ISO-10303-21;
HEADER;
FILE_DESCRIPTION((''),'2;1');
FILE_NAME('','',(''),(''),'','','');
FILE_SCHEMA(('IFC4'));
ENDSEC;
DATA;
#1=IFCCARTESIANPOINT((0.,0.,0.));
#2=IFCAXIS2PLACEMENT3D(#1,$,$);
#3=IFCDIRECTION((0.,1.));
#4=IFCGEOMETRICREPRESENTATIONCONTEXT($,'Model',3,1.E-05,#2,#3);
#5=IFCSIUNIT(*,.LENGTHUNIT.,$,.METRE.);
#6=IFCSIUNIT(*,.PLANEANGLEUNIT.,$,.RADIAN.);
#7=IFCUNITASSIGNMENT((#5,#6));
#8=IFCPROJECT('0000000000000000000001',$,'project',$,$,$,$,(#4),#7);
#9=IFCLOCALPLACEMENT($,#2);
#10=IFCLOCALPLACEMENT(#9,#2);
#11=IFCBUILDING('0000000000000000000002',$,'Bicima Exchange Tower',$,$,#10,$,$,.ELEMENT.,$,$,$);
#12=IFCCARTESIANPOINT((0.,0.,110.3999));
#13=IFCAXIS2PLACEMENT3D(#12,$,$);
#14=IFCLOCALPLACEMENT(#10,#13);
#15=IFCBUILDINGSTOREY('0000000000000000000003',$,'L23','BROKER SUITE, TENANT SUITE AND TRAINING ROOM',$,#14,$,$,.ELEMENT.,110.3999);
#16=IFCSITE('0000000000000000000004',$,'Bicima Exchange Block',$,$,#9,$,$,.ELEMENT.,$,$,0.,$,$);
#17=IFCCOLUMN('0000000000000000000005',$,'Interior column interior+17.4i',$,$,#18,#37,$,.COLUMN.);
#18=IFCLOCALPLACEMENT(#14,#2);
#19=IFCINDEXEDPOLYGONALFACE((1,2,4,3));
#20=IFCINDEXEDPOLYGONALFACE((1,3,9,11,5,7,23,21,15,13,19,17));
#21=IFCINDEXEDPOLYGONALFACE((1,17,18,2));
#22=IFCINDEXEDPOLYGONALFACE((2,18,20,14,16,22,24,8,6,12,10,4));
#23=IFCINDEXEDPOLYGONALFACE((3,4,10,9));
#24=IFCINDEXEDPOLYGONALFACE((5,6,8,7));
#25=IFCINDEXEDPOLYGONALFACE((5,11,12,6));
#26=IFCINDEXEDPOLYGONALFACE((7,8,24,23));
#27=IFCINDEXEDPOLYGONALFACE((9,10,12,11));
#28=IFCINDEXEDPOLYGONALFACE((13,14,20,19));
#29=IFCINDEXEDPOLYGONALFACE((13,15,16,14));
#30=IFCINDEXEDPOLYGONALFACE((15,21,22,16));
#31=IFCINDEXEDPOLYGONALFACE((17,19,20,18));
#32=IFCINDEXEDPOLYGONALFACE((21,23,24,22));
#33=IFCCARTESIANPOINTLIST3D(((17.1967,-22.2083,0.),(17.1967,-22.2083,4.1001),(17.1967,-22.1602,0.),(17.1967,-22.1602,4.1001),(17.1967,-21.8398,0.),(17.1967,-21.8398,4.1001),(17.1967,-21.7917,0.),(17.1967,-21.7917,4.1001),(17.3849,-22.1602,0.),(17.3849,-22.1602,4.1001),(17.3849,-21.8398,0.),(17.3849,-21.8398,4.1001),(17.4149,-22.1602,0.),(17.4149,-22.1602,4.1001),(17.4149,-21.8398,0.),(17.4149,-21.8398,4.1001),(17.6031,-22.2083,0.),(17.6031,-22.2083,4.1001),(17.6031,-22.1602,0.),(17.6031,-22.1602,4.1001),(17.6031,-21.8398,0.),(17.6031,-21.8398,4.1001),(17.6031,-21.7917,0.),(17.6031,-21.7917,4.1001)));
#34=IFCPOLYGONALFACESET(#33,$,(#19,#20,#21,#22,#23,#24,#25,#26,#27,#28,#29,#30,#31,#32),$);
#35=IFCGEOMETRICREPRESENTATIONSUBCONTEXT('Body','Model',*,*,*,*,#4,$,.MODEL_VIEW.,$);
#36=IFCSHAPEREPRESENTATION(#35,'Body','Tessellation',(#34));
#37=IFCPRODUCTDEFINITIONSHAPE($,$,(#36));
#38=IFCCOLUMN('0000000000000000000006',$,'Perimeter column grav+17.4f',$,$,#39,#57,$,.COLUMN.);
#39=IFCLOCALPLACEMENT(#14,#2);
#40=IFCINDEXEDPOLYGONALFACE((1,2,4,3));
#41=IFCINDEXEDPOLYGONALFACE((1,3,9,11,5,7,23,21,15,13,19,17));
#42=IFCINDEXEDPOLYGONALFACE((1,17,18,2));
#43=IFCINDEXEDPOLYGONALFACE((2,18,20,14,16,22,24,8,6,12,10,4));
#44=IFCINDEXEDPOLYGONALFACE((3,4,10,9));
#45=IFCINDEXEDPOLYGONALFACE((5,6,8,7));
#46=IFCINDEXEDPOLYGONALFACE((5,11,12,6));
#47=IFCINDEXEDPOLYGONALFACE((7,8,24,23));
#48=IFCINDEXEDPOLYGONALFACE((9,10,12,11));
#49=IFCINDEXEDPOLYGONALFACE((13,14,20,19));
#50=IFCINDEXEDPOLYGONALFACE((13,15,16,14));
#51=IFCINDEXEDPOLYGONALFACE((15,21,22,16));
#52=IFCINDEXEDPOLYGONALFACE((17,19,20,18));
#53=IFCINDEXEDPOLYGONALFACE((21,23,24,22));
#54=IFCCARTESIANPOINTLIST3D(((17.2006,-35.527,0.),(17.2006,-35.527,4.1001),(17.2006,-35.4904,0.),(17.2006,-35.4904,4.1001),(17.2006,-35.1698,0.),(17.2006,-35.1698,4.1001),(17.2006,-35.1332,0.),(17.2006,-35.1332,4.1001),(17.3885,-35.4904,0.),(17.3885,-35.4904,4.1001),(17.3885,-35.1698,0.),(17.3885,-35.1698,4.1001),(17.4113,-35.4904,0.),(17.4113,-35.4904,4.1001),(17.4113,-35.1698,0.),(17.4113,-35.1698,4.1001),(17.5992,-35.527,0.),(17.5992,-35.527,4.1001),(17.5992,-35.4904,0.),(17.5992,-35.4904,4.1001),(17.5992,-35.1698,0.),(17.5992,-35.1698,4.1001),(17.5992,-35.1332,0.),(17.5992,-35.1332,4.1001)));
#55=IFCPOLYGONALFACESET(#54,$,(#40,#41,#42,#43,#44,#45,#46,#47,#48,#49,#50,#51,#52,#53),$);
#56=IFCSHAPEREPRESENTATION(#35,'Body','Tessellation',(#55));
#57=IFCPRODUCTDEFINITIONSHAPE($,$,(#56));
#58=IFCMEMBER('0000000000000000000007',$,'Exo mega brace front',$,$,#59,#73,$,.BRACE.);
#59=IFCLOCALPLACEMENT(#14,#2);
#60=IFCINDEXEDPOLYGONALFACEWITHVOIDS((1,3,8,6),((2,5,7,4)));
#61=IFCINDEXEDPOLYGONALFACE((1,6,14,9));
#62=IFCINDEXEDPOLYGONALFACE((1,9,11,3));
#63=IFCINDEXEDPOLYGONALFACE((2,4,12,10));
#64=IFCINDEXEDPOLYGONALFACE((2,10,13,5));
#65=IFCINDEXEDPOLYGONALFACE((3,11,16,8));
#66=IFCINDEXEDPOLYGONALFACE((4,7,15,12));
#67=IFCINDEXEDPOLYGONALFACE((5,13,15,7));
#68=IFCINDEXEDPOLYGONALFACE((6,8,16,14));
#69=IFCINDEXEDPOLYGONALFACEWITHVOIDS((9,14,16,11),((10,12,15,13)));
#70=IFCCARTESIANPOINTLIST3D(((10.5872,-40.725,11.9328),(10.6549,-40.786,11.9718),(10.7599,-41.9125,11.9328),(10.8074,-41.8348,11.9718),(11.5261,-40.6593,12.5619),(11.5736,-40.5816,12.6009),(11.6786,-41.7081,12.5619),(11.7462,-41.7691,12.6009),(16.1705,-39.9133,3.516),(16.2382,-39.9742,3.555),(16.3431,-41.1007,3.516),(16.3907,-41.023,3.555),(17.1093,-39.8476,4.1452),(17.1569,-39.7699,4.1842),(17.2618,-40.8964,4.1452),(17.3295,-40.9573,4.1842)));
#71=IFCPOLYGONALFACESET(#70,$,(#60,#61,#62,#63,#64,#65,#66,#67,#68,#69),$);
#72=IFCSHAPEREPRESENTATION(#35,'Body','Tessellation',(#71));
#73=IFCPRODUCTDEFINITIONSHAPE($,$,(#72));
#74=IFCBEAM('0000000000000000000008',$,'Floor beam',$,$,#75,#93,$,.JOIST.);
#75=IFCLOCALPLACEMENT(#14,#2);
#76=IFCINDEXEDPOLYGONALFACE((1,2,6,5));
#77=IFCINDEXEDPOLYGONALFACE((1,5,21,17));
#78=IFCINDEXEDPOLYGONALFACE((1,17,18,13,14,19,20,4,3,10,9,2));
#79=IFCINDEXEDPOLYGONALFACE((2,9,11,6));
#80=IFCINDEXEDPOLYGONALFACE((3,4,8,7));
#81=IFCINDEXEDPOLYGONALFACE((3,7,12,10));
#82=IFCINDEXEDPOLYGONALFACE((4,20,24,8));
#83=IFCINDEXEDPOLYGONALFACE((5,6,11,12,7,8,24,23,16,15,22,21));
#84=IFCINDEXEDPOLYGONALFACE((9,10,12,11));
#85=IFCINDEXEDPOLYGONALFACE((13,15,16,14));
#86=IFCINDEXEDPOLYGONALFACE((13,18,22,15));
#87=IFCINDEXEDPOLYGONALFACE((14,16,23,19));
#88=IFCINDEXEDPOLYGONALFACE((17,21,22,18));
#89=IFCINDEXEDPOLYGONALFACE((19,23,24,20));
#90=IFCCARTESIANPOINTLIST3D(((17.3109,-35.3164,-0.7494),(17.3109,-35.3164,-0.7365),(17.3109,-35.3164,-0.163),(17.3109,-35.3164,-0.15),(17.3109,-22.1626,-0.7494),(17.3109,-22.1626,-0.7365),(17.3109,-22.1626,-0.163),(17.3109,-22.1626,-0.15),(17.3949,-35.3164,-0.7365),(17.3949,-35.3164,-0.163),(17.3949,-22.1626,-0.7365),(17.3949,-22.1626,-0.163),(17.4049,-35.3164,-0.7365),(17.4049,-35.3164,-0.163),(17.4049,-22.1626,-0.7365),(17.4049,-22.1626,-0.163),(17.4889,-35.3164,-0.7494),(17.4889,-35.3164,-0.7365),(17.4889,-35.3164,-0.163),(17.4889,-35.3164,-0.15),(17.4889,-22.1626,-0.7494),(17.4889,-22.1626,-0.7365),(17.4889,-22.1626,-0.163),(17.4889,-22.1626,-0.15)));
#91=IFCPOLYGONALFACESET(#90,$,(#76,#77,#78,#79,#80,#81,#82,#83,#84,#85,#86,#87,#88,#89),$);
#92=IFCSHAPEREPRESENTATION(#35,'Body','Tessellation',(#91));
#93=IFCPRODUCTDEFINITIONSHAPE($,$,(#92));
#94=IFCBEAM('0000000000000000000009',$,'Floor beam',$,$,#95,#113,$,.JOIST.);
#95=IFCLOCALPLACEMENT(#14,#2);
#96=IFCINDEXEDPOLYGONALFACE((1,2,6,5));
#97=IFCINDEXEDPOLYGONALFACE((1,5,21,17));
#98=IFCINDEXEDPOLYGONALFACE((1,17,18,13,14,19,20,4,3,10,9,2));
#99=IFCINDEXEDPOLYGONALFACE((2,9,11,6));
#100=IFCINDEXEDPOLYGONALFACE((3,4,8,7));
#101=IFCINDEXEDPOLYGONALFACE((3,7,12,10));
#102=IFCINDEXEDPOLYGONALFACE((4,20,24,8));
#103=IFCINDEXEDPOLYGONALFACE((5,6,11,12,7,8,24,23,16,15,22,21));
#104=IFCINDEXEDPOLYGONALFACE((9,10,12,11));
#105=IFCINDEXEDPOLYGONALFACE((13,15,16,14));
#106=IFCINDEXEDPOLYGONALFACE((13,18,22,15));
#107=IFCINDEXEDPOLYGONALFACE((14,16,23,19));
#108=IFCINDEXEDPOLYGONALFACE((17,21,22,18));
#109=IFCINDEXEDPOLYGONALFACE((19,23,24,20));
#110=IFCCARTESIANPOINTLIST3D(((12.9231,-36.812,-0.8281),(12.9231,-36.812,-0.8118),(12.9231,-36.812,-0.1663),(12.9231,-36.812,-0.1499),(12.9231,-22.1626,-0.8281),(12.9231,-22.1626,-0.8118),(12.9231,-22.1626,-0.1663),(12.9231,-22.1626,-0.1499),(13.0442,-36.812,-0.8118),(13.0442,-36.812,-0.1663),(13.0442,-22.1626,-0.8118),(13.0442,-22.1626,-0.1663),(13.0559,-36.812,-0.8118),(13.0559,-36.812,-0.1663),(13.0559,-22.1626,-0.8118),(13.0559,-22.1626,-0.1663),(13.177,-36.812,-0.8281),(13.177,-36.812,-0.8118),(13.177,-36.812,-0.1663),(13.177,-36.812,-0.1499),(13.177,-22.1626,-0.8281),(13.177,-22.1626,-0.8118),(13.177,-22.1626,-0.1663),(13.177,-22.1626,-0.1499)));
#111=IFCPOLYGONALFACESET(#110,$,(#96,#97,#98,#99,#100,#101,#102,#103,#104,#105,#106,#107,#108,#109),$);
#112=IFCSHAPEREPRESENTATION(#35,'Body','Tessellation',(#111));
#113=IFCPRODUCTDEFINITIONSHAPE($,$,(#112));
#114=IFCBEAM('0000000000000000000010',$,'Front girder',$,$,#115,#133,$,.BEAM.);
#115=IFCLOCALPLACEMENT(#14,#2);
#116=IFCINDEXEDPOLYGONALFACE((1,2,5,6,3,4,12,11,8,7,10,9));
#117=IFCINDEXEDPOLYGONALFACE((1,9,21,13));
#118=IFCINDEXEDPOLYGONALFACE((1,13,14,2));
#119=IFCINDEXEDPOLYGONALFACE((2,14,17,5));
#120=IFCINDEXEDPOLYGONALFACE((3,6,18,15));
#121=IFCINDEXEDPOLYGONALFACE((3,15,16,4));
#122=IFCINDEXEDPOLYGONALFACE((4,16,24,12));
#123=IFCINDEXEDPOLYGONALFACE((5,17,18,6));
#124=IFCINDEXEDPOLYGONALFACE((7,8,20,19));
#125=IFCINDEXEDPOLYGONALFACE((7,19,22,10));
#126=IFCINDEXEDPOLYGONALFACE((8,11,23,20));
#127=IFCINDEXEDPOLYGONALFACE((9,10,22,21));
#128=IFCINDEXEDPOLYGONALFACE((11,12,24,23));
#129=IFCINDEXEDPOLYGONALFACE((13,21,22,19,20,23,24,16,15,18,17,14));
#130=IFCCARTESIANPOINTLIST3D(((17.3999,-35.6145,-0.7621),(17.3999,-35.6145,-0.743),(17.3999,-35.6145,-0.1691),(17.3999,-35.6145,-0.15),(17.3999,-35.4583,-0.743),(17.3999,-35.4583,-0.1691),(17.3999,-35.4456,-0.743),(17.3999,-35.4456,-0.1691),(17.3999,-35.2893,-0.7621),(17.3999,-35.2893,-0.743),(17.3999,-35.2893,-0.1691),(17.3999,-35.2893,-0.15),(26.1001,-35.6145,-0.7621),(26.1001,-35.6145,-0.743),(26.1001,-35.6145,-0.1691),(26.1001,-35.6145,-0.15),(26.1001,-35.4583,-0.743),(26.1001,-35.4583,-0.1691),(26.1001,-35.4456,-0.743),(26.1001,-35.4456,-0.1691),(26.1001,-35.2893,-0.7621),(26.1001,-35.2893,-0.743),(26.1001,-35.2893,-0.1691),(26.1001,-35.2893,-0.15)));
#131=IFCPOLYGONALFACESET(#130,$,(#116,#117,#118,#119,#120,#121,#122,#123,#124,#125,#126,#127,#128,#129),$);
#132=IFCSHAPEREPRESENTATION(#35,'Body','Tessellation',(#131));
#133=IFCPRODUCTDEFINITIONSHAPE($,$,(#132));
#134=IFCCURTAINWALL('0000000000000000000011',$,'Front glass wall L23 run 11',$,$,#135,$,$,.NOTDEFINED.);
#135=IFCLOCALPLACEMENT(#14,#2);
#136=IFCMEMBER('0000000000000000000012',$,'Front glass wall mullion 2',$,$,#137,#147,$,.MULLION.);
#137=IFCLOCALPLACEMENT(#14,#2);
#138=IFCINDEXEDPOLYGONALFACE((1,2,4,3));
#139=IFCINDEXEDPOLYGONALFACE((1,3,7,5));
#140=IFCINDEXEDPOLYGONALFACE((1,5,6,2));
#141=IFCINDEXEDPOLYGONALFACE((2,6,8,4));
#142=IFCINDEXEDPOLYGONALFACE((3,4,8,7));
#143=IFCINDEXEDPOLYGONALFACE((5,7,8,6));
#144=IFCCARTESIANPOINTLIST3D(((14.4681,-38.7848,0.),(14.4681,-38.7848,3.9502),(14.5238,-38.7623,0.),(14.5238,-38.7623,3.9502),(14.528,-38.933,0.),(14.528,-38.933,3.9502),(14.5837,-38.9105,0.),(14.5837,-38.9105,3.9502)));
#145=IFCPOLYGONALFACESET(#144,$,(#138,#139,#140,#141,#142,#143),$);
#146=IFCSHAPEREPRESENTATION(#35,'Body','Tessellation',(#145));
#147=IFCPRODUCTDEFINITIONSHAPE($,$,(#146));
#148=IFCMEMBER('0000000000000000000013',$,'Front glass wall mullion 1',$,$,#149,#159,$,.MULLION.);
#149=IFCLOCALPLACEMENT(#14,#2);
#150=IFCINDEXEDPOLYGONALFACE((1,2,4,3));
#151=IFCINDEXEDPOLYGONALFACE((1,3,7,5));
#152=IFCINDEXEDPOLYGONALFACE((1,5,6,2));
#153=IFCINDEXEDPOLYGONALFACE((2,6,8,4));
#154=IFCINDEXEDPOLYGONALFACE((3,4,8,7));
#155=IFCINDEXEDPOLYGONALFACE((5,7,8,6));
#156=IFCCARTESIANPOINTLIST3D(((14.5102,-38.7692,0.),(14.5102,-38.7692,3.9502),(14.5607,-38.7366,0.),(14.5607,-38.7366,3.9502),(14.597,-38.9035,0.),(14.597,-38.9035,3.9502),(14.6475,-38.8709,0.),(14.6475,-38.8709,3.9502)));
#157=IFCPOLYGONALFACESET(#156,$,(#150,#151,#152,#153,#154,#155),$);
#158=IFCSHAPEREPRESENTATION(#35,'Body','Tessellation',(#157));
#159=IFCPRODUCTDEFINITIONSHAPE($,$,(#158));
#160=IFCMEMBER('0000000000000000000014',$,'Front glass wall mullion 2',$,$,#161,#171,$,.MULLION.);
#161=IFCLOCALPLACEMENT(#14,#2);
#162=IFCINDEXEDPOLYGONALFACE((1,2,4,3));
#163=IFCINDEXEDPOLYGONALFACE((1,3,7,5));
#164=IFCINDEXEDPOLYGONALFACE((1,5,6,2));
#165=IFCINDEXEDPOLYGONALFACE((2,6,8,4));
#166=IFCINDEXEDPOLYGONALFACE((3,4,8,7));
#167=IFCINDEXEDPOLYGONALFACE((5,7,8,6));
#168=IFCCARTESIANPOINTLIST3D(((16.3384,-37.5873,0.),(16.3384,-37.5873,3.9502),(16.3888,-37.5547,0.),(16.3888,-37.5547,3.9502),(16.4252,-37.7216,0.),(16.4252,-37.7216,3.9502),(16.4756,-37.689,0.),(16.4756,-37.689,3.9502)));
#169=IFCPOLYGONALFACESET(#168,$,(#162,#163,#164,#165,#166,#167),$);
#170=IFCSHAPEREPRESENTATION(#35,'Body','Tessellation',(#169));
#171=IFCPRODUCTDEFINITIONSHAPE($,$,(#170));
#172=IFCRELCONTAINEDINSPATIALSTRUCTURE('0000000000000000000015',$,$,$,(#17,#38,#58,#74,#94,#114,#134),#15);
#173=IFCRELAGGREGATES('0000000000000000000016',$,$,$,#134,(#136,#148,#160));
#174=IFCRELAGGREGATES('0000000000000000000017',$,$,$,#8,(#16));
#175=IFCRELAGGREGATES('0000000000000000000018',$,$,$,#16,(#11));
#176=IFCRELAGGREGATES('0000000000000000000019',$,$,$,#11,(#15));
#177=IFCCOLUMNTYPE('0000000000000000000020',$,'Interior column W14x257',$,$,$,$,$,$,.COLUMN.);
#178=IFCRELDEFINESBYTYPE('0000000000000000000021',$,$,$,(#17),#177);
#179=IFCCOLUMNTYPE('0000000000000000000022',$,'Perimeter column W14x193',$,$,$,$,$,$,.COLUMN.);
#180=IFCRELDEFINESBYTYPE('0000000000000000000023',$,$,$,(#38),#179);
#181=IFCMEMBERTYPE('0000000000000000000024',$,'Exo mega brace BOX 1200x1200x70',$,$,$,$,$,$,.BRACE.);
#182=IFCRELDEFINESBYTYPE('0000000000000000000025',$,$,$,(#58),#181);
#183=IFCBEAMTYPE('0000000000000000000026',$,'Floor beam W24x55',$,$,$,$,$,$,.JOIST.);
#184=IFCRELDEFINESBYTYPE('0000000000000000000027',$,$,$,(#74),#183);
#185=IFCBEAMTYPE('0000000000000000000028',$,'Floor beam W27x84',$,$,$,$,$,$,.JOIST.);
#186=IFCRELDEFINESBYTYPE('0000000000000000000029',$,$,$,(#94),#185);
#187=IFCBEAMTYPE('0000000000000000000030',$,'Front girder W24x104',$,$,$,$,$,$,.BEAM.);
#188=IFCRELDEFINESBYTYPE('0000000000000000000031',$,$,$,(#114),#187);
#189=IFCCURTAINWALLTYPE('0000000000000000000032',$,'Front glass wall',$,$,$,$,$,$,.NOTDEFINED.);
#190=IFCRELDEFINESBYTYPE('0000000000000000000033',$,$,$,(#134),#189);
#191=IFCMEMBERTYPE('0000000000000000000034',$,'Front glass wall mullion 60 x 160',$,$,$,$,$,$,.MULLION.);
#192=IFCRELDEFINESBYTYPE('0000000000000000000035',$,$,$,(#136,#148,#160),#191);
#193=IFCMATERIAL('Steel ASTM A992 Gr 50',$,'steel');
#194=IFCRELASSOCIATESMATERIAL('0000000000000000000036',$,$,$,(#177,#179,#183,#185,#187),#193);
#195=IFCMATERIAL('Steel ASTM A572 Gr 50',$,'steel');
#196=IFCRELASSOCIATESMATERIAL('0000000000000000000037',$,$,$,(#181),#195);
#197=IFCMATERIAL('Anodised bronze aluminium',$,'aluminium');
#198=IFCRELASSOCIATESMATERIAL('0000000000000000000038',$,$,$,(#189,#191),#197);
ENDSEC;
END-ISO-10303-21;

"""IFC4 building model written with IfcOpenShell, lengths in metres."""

from ifc_helpers import new_model, si_unit, direction, frame, origin, origin_2d, place, context, subcontext, project, spatial, rectangle, hollow_rectangle, i_section, extrude, material, material_profile, profile_set, type_object, element, aggregate, save


model = new_model("IFC4")

# Units and contexts
model_context = context("Model", 3, precision=1e-05, world=origin(), true_north=direction((0.0, 1.0)))
body_context = subcontext(model_context, "Body", "Model", "MODEL_VIEW")
ifc_project = project(units=[si_unit("LENGTHUNIT", "METRE"), si_unit("PLANEANGLEUNIT", "RADIAN")], contexts=[model_context])

# Site, building, storey
site_placement = place(None, origin())
site = spatial("IfcSite", under=ifc_project, at=site_placement, Name="Bicima Exchange Block", CompositionType="ELEMENT", RefElevation=0.0)
building_placement = place(site_placement, origin())
building = spatial("IfcBuilding", under=site, at=building_placement, Name="Bicima Exchange Tower", CompositionType="ELEMENT")
storey_placement = place(building_placement, frame((0.0, 0.0, 110.3999)))
storey = spatial("IfcBuildingStorey", under=building, at=storey_placement, Name="L23", Description="BROKER SUITE, TENANT SUITE AND TRAINING ROOM", CompositionType="ELEMENT", Elevation=110.3999)

# Columns
ifc_material_1 = material(Name="Steel ASTM A992 Gr 50", Category="steel")
ifc_material_profile_1 = material_profile(ifc_material_1, i_section(OverallWidth=0.4065, OverallDepth=0.4165, WebThickness=0.03, FlangeThickness=0.0481, at=origin_2d()))
ifc_profile_set_1 = profile_set([ifc_material_profile_1], Name="Steel ASTM A992 Gr 50")
column_type_1 = type_object("IfcColumnType", Name="Interior column W14x257", PredefinedType="COLUMN", material=ifc_profile_set_1)
column_1_placement = place(storey_placement, frame((17.3999, -22.0, 0.0), z_axis=(0.0, 0.0, 1.0), x_axis=(1.0, 0.0, 0.0)))
element("IfcColumn", 1, at=column_1_placement, inside=storey, type_object=column_type_1, Name="Interior column interior+17.4i", PredefinedType="COLUMN", context=body_context, shape_type="SweptSolid", body=[
    extrude(i_section(OverallWidth=0.4065, OverallDepth=0.4165, WebThickness=0.03, FlangeThickness=0.0481, at=origin_2d()), origin(), (0.0, 0.0, 1.0), 4.1001),
])
ifc_material_profile_2 = material_profile(ifc_material_1, i_section(OverallWidth=0.3987, OverallDepth=0.3938, WebThickness=0.0227, FlangeThickness=0.0366, at=origin_2d()))
ifc_profile_set_2 = profile_set([ifc_material_profile_2], Name="Steel ASTM A992 Gr 50")
column_type_2 = type_object("IfcColumnType", Name="Perimeter column W14x193", PredefinedType="COLUMN", material=ifc_profile_set_2)
column_2_placement = place(storey_placement, frame((17.3999, -35.3301, 0.0), z_axis=(0.0, 0.0, 1.0), x_axis=(1.0, 0.0, 0.0)))
element("IfcColumn", 2, at=column_2_placement, inside=storey, type_object=column_type_2, Name="Perimeter column grav+17.4f", PredefinedType="COLUMN", context=body_context, shape_type="SweptSolid", body=[
    extrude(i_section(OverallWidth=0.3987, OverallDepth=0.3938, WebThickness=0.0227, FlangeThickness=0.0366, at=origin_2d()), origin(), (0.0, 0.0, 1.0), 4.1001),
])

# Member
ifc_material_2 = material(Name="Steel ASTM A572 Gr 50", Category="steel")
ifc_material_profile_3 = material_profile(ifc_material_2, hollow_rectangle(XDim=1.2, YDim=1.2, WallThickness=0.0701, at=origin_2d()))
ifc_profile_set_3 = profile_set([ifc_material_profile_3], Name="Steel ASTM A572 Gr 50")
member_type_1 = type_object("IfcMemberType", Name="Exo mega brace BOX 1200x1200x70", PredefinedType="BRACE", material=ifc_profile_set_3)
member_1_placement = place(storey_placement, frame((16.75, -40.4353, 3.8501), z_axis=(-0.551009, -0.080113, 0.830645), x_axis=(0.143881, -0.989595, 0.0)))
element("IfcMember", 3, at=member_1_placement, inside=storey, type_object=member_type_1, Name="Exo mega brace front", PredefinedType="BRACE", context=body_context, shape_type="SweptSolid", body=[
    extrude(hollow_rectangle(XDim=1.2, YDim=1.2, WallThickness=0.0701, at=origin_2d()), origin(), (0.0, 0.0, 1.0), 10.1328),
])

# Beams
ifc_material_profile_4 = material_profile(ifc_material_1, i_section(OverallWidth=0.178, OverallDepth=0.5994, WebThickness=0.01, FlangeThickness=0.0129, at=origin_2d()))
ifc_profile_set_4 = profile_set([ifc_material_profile_4], Name="Steel ASTM A992 Gr 50")
beam_type_1 = type_object("IfcBeamType", Name="Floor beam W24x55", PredefinedType="JOIST", material=ifc_profile_set_4)
beam_1_placement = place(storey_placement, frame((17.3999, -22.1626, -0.4497), z_axis=(0.0, -1.0, 0.0), x_axis=(1.0, 0.0, 0.0)))
element("IfcBeam", 4, at=beam_1_placement, inside=storey, type_object=beam_type_1, Name="Floor beam", PredefinedType="JOIST", context=body_context, shape_type="SweptSolid", body=[
    extrude(i_section(OverallWidth=0.178, OverallDepth=0.5994, WebThickness=0.01, FlangeThickness=0.0129, at=origin_2d()), origin(), (0.0, 0.0, 1.0), 13.1538),
])
ifc_material_profile_5 = material_profile(ifc_material_1, i_section(OverallWidth=0.2539, OverallDepth=0.6782, WebThickness=0.0117, FlangeThickness=0.0164, at=origin_2d()))
ifc_profile_set_5 = profile_set([ifc_material_profile_5], Name="Steel ASTM A992 Gr 50")
beam_type_2 = type_object("IfcBeamType", Name="Floor beam W27x84", PredefinedType="JOIST", material=ifc_profile_set_5)
beam_2_placement = place(storey_placement, frame((13.05, -22.1626, -0.489), z_axis=(0.0, -1.0, 0.0), x_axis=(1.0, 0.0, 0.0)))
element("IfcBeam", 5, at=beam_2_placement, inside=storey, type_object=beam_type_2, Name="Floor beam", PredefinedType="JOIST", context=body_context, shape_type="SweptSolid", body=[
    extrude(i_section(OverallWidth=0.2539, OverallDepth=0.6782, WebThickness=0.0117, FlangeThickness=0.0164, at=origin_2d()), origin(), (0.0, 0.0, 1.0), 14.6494),
])
ifc_material_profile_6 = material_profile(ifc_material_1, i_section(OverallWidth=0.3252, OverallDepth=0.6121, WebThickness=0.0127, FlangeThickness=0.019, at=origin_2d()))
ifc_profile_set_6 = profile_set([ifc_material_profile_6], Name="Steel ASTM A992 Gr 50")
beam_type_3 = type_object("IfcBeamType", Name="Front girder W24x104", PredefinedType="BEAM", material=ifc_profile_set_6)
beam_3_placement = place(storey_placement, frame((17.3999, -35.4519, -0.4561), z_axis=(1.0, 0.0, 0.0), x_axis=(0.0, 1.0, 0.0)))
element("IfcBeam", 6, at=beam_3_placement, inside=storey, type_object=beam_type_3, Name="Front girder", PredefinedType="BEAM", context=body_context, shape_type="SweptSolid", body=[
    extrude(i_section(OverallWidth=0.3252, OverallDepth=0.6121, WebThickness=0.0127, FlangeThickness=0.019, at=origin_2d()), origin(), (0.0, 0.0, 1.0), 8.7002),
])

# Curtain wall, members
ifc_material_3 = material(Name="Anodised bronze aluminium", Category="aluminium")
curtain_wall_type = type_object("IfcCurtainWallType", Name="Front glass wall", PredefinedType="NOTDEFINED", material=ifc_material_3)
curtain_wall_1_placement = place(storey_placement, origin())
curtain_wall_1 = element("IfcCurtainWall", 7, at=curtain_wall_1_placement, inside=storey, type_object=curtain_wall_type, Name="Front glass wall L23 run 11", PredefinedType="NOTDEFINED")
ifc_material_profile_7 = material_profile(ifc_material_3, rectangle(XDim=0.1599, YDim=0.0601, at=origin_2d()))
ifc_profile_set_7 = profile_set([ifc_material_profile_7], Name="Anodised bronze aluminium")
member_type_2 = type_object("IfcMemberType", Name="Front glass wall mullion 60 x 160", PredefinedType="MULLION", material=ifc_profile_set_7)
member_2_placement = place(storey_placement, frame((14.5259, -38.8477, 0.0), z_axis=(0.0, 0.0, 1.0), x_axis=(-0.374705, 0.927144, 0.0)))
member_2 = element("IfcMember", 8, at=member_2_placement, type_object=member_type_2, Name="Front glass wall mullion 2", PredefinedType="MULLION", context=body_context, shape_type="SweptSolid", body=[
    extrude(rectangle(XDim=0.1599, YDim=0.0601, at=origin_2d()), origin(), (0.0, 0.0, 1.0), 3.9502),
])
member_3_placement = place(storey_placement, frame((14.5789, -38.8201, 0.0), z_axis=(0.0, 0.0, 1.0), x_axis=(-0.542909, 0.839791, 0.0)))
member_3 = element("IfcMember", 9, at=member_3_placement, type_object=member_type_2, Name="Front glass wall mullion 1", PredefinedType="MULLION", context=body_context, shape_type="SweptSolid", body=[
    extrude(rectangle(XDim=0.1599, YDim=0.0601, at=origin_2d()), origin(), (0.0, 0.0, 1.0), 3.9502),
])
member_4_placement = place(storey_placement, frame((16.407, -37.6382, 0.0), z_axis=(0.0, 0.0, 1.0), x_axis=(-0.542909, 0.839791, 0.0)))
member_4 = element("IfcMember", 10, at=member_4_placement, type_object=member_type_2, Name="Front glass wall mullion 2", PredefinedType="MULLION", context=body_context, shape_type="SweptSolid", body=[
    extrude(rectangle(XDim=0.1599, YDim=0.0601, at=origin_2d()), origin(), (0.0, 0.0, 1.0), 3.9502),
])

aggregate(curtain_wall_1, [member_2, member_3, member_4])

save(model, "model.ifc")
